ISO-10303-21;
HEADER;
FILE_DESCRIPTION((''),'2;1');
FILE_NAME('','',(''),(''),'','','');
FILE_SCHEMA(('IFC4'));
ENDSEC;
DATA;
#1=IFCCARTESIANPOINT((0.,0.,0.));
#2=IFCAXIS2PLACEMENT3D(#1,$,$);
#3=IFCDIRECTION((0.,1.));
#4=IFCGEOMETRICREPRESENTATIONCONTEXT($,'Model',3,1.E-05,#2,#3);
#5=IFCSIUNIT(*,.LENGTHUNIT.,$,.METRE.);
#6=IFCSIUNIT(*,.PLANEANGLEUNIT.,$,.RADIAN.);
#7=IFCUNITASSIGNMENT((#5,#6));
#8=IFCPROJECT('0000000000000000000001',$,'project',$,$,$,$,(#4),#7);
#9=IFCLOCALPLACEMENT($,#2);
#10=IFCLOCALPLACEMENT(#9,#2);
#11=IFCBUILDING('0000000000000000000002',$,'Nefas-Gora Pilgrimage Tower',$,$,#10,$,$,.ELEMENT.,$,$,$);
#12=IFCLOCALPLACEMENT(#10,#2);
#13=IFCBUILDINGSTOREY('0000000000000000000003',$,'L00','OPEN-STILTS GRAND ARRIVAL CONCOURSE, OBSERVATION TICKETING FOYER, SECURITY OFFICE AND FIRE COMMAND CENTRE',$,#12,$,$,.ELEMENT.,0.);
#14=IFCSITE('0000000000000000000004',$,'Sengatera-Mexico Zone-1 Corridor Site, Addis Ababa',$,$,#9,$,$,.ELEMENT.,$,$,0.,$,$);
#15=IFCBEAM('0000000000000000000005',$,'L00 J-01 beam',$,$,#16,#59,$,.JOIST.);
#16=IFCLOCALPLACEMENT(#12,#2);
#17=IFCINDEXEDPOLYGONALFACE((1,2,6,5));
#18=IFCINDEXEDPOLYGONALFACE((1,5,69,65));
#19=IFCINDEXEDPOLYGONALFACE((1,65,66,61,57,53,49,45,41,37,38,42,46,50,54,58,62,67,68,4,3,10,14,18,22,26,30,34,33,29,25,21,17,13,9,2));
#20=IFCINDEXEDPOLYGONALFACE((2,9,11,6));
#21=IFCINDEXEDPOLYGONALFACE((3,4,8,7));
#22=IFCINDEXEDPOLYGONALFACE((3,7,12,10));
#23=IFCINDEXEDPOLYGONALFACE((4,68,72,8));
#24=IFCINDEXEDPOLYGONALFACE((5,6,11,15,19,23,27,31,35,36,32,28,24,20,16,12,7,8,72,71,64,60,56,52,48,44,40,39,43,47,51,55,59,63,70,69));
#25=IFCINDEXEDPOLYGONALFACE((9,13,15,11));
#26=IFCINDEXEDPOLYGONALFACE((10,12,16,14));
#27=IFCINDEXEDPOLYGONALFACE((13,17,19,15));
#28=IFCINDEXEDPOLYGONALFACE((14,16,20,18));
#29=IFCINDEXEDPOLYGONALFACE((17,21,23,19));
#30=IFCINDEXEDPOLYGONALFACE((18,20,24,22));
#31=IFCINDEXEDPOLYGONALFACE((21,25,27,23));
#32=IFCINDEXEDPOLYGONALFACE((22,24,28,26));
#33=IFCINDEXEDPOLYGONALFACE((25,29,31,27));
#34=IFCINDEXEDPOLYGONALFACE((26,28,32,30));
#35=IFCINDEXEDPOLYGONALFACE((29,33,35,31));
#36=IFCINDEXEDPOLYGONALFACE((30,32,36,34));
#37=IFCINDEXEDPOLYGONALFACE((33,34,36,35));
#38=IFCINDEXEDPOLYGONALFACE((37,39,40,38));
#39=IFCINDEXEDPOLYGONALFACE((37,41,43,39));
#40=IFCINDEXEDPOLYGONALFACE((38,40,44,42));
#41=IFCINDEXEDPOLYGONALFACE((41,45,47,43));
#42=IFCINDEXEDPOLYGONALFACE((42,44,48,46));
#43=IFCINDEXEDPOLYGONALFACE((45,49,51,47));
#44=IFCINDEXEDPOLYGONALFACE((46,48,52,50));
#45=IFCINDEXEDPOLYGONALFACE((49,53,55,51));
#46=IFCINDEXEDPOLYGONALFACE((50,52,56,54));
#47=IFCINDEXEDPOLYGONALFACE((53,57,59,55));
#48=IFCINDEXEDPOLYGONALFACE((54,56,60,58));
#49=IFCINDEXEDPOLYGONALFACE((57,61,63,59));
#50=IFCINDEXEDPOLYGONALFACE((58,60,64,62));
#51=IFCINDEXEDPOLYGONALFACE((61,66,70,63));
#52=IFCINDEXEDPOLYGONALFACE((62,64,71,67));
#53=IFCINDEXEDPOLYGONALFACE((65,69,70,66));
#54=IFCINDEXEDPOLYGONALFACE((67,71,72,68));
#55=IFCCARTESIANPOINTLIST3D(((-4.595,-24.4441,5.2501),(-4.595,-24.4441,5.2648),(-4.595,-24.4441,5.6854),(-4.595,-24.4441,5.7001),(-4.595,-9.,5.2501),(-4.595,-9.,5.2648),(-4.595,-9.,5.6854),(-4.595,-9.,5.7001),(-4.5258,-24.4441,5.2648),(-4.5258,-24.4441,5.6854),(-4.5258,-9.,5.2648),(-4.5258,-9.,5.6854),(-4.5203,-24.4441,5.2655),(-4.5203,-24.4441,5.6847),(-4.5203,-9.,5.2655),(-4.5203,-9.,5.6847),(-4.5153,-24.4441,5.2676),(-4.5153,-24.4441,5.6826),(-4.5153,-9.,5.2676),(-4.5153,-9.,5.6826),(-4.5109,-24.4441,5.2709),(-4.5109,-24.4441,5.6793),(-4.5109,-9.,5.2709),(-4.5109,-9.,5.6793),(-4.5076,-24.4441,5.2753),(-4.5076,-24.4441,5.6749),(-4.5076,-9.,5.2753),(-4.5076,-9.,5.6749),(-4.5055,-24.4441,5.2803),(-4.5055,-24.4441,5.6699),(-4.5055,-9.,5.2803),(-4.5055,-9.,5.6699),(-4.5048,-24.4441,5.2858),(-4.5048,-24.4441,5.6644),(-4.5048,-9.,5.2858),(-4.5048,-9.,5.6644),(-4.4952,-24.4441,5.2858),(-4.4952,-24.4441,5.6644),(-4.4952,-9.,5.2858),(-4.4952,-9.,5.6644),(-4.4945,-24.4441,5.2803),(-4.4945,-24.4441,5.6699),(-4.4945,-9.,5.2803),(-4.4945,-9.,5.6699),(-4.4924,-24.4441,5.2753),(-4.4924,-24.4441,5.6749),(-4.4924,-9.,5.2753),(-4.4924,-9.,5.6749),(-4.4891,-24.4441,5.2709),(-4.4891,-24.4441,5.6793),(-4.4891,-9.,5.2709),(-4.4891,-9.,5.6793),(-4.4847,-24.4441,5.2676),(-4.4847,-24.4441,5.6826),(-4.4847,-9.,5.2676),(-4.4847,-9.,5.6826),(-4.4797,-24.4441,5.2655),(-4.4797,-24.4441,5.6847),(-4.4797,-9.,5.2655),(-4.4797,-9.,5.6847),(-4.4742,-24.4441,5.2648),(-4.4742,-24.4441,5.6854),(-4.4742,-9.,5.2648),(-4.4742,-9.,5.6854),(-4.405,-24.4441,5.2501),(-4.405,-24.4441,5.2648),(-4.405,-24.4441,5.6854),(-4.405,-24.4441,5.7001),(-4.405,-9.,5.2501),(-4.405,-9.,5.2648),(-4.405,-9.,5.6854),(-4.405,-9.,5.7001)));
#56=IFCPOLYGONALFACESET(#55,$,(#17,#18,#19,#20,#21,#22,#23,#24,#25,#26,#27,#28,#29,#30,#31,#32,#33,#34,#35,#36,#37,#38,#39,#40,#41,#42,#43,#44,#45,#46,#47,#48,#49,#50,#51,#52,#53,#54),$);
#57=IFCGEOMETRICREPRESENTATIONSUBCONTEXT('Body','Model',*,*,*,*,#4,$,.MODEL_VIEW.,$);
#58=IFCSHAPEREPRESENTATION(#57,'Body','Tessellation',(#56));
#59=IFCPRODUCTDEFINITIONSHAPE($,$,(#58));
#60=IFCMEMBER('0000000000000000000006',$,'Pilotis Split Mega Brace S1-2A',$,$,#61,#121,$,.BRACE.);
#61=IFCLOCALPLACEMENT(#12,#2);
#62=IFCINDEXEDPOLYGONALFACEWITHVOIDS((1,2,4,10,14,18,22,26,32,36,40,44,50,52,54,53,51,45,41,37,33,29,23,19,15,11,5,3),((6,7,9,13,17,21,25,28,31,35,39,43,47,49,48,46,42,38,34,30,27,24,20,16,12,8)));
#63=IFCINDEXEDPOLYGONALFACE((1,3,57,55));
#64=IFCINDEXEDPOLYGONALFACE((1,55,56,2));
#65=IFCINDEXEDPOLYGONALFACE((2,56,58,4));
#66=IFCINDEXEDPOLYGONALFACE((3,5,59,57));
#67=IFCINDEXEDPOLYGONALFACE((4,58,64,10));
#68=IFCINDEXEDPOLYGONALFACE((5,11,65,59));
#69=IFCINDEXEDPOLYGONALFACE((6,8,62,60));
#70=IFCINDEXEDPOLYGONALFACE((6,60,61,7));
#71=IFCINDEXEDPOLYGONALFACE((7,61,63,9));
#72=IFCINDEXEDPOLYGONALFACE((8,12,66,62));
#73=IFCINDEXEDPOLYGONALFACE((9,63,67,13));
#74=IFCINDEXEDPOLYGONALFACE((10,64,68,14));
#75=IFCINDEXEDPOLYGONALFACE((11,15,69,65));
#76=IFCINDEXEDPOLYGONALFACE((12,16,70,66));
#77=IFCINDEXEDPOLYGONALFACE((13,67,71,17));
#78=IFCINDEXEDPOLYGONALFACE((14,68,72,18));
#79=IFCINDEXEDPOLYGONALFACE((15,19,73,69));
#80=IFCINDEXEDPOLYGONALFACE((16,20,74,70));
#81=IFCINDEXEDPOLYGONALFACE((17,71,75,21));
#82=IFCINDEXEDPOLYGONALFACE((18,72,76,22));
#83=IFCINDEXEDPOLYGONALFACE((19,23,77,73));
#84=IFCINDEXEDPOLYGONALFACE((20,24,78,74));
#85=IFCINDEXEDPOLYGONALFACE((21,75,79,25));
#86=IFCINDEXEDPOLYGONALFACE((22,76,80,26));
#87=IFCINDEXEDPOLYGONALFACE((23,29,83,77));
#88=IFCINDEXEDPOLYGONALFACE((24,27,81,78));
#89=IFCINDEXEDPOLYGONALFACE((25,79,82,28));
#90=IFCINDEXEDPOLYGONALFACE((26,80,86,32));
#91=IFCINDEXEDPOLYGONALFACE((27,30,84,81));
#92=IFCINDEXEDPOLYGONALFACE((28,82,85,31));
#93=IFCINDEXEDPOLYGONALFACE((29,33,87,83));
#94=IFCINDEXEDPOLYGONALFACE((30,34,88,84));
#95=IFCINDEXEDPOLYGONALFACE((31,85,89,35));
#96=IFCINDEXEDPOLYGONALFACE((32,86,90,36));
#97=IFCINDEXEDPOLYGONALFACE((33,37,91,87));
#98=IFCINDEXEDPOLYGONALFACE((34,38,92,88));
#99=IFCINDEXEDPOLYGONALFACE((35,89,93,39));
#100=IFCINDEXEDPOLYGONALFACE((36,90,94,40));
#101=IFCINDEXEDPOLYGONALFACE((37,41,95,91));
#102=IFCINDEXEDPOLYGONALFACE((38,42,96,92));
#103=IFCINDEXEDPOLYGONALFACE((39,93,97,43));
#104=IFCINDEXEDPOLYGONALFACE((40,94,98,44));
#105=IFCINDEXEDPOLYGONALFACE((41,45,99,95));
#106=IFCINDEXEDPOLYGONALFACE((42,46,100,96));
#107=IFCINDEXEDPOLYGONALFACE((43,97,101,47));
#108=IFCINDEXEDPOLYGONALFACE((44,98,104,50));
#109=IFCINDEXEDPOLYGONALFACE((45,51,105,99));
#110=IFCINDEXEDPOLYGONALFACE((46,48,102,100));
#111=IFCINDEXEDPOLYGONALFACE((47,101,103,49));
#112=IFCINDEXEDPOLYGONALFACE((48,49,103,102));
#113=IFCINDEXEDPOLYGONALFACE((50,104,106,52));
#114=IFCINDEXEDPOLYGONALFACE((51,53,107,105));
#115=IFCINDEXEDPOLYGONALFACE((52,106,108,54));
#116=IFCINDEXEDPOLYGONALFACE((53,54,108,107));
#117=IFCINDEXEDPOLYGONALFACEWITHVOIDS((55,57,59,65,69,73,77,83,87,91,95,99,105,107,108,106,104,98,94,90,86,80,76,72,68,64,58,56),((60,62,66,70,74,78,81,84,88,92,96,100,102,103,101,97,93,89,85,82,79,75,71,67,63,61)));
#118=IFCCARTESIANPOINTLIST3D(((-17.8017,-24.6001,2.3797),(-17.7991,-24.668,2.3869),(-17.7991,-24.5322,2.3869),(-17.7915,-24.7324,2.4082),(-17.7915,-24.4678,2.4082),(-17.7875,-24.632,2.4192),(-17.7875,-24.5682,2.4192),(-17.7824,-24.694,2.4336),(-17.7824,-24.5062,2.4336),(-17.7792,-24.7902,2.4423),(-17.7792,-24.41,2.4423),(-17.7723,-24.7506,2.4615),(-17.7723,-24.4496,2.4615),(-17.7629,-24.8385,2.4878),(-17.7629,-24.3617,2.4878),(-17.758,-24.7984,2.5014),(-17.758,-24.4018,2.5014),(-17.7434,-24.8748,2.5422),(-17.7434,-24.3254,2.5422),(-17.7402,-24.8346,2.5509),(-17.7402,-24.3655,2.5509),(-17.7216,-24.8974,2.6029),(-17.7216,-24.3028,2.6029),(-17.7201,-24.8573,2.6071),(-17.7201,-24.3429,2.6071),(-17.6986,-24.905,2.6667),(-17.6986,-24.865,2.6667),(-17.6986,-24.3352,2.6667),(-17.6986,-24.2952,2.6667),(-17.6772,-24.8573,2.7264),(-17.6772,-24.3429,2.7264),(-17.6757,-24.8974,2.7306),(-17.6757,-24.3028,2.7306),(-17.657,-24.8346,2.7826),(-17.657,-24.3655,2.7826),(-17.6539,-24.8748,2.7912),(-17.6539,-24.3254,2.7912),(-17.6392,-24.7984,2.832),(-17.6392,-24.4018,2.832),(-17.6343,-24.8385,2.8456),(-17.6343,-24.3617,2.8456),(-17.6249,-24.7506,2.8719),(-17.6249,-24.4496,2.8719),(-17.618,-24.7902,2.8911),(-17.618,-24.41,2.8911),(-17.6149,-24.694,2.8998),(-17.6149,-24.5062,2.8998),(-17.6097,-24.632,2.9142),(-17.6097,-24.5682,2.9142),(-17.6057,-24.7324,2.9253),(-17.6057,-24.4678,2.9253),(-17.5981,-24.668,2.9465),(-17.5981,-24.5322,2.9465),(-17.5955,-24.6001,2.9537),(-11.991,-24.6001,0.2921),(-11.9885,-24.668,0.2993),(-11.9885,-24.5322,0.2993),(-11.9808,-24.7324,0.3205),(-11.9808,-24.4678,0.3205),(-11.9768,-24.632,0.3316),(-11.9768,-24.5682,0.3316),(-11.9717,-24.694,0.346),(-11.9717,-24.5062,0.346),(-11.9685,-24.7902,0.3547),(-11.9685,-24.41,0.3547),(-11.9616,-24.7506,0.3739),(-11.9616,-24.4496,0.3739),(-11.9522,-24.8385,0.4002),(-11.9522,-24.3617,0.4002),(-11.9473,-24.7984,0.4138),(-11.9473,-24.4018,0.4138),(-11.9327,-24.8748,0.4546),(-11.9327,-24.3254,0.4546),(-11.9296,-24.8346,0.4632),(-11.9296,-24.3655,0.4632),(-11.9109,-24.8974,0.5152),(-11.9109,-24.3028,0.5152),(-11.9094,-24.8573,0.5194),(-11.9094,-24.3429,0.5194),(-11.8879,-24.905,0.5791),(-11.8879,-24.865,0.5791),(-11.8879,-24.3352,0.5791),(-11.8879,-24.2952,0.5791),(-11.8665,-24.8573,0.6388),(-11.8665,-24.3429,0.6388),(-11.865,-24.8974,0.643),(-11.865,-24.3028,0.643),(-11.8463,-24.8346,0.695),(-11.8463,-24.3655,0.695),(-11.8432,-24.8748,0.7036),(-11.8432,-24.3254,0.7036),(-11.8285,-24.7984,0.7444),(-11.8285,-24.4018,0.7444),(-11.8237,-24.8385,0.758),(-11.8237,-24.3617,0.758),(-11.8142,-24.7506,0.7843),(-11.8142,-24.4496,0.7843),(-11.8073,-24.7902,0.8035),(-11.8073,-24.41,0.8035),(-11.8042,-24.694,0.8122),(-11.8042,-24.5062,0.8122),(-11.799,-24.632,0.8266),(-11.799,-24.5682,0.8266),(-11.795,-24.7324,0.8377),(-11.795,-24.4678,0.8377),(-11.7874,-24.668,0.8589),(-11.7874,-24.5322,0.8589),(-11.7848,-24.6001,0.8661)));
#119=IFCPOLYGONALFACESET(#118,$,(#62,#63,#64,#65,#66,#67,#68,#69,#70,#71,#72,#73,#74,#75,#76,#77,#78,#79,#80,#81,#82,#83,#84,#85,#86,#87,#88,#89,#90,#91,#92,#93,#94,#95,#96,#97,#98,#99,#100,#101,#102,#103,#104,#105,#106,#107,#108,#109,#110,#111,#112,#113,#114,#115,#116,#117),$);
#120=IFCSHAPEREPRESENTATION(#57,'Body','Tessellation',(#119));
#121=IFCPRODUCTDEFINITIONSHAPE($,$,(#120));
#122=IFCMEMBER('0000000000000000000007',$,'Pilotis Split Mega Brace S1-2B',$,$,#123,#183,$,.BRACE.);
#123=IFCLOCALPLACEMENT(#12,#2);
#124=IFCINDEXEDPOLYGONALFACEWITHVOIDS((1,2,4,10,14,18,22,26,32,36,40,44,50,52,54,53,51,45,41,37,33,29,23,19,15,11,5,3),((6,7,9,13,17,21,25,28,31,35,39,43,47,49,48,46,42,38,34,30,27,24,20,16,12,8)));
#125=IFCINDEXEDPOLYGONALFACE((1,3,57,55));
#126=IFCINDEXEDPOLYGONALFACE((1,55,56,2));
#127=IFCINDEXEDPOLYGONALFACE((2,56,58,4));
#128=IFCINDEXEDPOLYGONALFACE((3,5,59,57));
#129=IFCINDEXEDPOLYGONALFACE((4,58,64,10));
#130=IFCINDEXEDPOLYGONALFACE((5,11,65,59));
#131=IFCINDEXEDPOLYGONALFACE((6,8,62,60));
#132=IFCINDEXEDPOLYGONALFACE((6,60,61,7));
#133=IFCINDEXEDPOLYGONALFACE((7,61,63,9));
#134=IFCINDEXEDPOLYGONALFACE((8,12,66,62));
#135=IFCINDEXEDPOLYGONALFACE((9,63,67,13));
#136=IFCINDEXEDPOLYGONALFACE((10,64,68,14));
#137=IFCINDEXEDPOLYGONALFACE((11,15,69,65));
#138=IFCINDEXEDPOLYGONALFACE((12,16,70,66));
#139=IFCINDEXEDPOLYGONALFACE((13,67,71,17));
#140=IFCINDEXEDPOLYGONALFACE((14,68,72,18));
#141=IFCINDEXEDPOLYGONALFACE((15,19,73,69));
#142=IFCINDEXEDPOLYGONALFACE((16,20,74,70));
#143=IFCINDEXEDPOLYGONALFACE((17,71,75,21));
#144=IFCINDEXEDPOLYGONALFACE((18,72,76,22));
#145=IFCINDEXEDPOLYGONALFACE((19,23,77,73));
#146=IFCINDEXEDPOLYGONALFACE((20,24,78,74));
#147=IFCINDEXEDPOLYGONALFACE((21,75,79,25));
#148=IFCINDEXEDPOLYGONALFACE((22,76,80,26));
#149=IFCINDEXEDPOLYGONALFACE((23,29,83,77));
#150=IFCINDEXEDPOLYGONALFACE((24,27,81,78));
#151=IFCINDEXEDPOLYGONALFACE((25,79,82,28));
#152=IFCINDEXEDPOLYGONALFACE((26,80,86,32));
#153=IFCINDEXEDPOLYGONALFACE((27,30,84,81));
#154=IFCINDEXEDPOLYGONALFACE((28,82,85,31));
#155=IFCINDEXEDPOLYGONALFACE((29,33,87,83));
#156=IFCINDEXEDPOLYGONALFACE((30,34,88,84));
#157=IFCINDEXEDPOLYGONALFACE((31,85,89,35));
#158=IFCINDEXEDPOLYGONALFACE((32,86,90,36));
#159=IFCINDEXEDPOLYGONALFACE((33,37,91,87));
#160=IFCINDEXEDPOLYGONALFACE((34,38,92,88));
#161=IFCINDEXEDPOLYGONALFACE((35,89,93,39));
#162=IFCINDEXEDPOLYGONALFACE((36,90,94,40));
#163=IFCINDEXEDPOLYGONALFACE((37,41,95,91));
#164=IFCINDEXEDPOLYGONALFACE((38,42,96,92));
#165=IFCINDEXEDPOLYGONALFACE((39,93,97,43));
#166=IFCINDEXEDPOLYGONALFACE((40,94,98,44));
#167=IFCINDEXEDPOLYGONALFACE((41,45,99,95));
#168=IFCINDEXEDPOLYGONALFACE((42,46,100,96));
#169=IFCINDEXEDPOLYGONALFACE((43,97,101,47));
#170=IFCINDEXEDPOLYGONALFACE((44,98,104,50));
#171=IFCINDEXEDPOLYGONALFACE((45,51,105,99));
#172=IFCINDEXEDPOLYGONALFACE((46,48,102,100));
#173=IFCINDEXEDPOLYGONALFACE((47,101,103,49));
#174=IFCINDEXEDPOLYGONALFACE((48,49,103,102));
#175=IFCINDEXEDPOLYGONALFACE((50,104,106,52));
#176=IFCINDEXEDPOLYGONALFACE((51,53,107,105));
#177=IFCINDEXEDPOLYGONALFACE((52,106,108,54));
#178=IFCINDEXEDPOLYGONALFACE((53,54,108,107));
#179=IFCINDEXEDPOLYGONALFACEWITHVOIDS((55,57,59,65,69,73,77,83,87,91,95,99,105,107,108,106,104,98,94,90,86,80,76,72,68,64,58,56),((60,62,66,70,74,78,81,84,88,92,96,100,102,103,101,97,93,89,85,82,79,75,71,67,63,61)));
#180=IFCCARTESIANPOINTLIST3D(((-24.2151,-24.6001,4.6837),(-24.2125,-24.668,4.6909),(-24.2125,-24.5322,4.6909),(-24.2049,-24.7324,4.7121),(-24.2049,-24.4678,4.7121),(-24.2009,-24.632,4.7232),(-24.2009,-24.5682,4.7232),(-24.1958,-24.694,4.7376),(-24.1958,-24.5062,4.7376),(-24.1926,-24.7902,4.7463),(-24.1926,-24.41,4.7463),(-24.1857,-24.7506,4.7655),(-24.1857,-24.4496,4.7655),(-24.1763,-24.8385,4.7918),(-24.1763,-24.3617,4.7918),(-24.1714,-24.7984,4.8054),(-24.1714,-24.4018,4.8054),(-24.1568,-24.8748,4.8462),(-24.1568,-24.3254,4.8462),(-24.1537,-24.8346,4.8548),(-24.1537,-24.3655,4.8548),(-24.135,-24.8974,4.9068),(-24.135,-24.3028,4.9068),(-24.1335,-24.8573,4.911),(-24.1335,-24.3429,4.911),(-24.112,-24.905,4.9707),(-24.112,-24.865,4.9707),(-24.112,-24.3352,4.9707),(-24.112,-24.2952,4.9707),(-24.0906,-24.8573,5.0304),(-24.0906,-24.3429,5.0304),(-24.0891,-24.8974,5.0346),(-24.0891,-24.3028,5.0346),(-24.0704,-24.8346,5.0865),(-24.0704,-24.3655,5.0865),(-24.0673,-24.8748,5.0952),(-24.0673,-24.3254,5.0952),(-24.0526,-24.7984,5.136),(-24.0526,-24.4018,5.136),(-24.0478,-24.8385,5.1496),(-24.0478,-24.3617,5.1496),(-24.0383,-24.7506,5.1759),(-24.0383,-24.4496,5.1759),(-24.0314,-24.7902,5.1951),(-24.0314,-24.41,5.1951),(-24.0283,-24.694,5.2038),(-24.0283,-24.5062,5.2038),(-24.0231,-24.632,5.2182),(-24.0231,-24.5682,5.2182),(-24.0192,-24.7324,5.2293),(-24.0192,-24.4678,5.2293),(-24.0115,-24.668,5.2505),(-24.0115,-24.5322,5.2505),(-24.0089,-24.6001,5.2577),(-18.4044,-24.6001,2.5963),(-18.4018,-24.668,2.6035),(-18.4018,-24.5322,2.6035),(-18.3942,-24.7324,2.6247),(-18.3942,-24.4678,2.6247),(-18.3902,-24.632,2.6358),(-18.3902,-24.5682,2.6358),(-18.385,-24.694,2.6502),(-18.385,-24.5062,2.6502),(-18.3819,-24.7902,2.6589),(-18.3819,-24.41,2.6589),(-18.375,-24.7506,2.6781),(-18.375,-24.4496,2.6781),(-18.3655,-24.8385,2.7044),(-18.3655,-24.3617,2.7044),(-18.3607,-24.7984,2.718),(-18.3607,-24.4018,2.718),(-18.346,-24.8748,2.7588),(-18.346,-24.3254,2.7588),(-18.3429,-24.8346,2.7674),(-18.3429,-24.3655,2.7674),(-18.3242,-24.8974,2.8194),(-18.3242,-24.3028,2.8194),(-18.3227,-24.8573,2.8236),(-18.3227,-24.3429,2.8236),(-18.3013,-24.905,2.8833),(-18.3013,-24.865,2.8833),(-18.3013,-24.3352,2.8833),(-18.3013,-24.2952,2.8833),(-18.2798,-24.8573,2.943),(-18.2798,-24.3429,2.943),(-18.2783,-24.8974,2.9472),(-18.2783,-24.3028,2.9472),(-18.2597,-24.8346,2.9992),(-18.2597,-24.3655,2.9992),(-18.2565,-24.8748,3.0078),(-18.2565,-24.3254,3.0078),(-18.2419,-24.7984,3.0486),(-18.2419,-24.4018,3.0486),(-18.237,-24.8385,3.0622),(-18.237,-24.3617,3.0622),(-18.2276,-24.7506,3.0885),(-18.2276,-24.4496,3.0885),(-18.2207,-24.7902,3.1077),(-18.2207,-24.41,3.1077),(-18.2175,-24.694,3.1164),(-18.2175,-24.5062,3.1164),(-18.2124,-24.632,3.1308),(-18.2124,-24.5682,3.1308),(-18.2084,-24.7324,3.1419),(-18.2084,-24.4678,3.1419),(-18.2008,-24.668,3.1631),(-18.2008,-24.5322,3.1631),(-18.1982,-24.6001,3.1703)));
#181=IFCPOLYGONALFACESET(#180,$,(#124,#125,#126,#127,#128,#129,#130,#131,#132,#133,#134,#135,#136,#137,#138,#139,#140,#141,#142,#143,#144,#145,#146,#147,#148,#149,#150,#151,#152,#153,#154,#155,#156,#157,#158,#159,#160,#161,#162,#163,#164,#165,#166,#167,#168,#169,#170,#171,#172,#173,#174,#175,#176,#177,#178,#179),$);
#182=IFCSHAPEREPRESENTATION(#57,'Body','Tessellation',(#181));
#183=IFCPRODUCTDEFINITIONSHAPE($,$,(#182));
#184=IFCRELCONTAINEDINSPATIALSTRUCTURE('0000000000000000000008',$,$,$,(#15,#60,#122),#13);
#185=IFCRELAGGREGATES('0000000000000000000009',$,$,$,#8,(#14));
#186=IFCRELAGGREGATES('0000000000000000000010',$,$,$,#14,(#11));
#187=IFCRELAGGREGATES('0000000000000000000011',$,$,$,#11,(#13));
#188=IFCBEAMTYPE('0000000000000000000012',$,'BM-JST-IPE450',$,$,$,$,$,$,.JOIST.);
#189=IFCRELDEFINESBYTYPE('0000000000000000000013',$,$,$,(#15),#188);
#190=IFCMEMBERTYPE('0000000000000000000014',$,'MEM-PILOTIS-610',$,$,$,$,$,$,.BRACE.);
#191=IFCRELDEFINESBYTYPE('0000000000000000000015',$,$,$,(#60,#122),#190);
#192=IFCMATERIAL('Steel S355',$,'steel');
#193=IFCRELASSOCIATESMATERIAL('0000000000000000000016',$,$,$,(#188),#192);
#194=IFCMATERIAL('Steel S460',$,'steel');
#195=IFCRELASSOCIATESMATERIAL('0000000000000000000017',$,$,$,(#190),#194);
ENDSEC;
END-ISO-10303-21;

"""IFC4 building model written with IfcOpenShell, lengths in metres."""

from ifc_helpers import new_model, si_unit, direction, frame, origin, origin_2d, place, context, subcontext, project, spatial, hollow_circle, i_section, extrude, source, transform, mapped, material, material_profile, profile_set, type_object, element, save


model = new_model("IFC4")

# Units and contexts
model_context = context("Model", 3, precision=1e-05, world=origin(), true_north=direction((0.0, 1.0)))
body_context = subcontext(model_context, "Body", "Model", "MODEL_VIEW")
ifc_project = project(units=[si_unit("LENGTHUNIT", "METRE"), si_unit("PLANEANGLEUNIT", "RADIAN")], contexts=[model_context])

# Site, building, storey
site_placement = place(None, origin())
site = spatial("IfcSite", under=ifc_project, at=site_placement, Name="Sengatera-Mexico Zone-1 Corridor Site, Addis Ababa", CompositionType="ELEMENT", RefElevation=0.0)
building_placement = place(site_placement, origin())
building = spatial("IfcBuilding", under=site, at=building_placement, Name="Nefas-Gora Pilgrimage Tower", CompositionType="ELEMENT")
storey_placement = place(building_placement, origin())
storey = spatial("IfcBuildingStorey", under=building, at=storey_placement, Name="L00", Description="OPEN-STILTS GRAND ARRIVAL CONCOURSE, OBSERVATION TICKETING FOYER, SECURITY OFFICE AND FIRE COMMAND CENTRE", CompositionType="ELEMENT", Elevation=0.0)

# Shared definitions
ifc_material_1 = material(Name="Steel S355", Category="steel")
ifc_material_2 = material(Name="Steel S460", Category="steel")

# Beam
ifc_material_profile_1 = material_profile(ifc_material_1, i_section(OverallWidth=0.1899, OverallDepth=0.45, WebThickness=0.0095, FlangeThickness=0.0146, FilletRadius=0.021, at=origin_2d()), Name="IPE 450")
ifc_profile_set_1 = profile_set([ifc_material_profile_1], Name="Steel S355")
beam_type_1 = type_object("IfcBeamType", Name="BM-JST-IPE450", PredefinedType="JOIST", material=ifc_profile_set_1)
shared_shape_1 = source(origin(), body_context, "Body", "SweptSolid", [
    extrude(i_section(OverallWidth=0.1899, OverallDepth=0.45, WebThickness=0.0095, FlangeThickness=0.0146, FilletRadius=0.021, at=origin_2d()), origin(), (0.0, 0.0, 1.0), 15.4441),
])
beam_1_placement = place(storey_placement, frame((-4.5, -24.4441, 5.4751), z_axis=(0.0, 1.0, 0.0), x_axis=(-1.0, 0.0, 0.0)))
element("IfcBeam", 1, at=beam_1_placement, inside=storey, type_object=beam_type_1, Name="L00 J-01 beam", PredefinedType="JOIST", context=body_context, shape_type="MappedRepresentation", body=[
    mapped(shared_shape_1, transform((0.0, 0.0, 0.0), x_axis=(1.0, 0.0, 0.0), y_axis=(0.0, 1.0, 0.0), z_axis=(0.0, 0.0, 1.0), scale=1.0)),
])

# Members
ifc_material_profile_2 = material_profile(ifc_material_2, hollow_circle(Radius=0.3049, WallThickness=0.04, at=origin_2d()), Name="CHS 610x40")
ifc_profile_set_2 = profile_set([ifc_material_profile_2], Name="Steel S460")
member_type = type_object("IfcMemberType", Name="MEM-PILOTIS-610", PredefinedType="BRACE", material=ifc_profile_set_2)
shared_shape_2 = source(origin(), body_context, "Body", "SweptSolid", [
    extrude(hollow_circle(Radius=0.3049, WallThickness=0.04, at=origin_2d()), origin(), (0.0, 0.0, 1.0), 6.1743),
])
for number, where, z_axis, x_axis, name in (
    (2, (-11.8879, -24.6001, 0.5791), (-0.941106, 0.0, 0.338112), (0.0, -1.0, 0.0), "Pilotis Split Mega Brace S1-2A"),
    (3, (-18.3013, -24.6001, 2.8833), (-0.941119, 0.0, 0.338077), (0.0, -1.0, 0.0), "Pilotis Split Mega Brace S1-2B"),
):
    element("IfcMember", number, at=place(storey_placement, frame(where, z_axis=z_axis, x_axis=x_axis)), inside=storey, type_object=member_type, Name=name, PredefinedType="BRACE", context=body_context, shape_type="MappedRepresentation", body=[
        mapped(shared_shape_2, transform((0.0, 0.0, 0.0), x_axis=(1.0, 0.0, 0.0), y_axis=(0.0, 1.0, 0.0), z_axis=(0.0, 0.0, 1.0), scale=1.0)),
    ])

save(model, "model.ifc")
